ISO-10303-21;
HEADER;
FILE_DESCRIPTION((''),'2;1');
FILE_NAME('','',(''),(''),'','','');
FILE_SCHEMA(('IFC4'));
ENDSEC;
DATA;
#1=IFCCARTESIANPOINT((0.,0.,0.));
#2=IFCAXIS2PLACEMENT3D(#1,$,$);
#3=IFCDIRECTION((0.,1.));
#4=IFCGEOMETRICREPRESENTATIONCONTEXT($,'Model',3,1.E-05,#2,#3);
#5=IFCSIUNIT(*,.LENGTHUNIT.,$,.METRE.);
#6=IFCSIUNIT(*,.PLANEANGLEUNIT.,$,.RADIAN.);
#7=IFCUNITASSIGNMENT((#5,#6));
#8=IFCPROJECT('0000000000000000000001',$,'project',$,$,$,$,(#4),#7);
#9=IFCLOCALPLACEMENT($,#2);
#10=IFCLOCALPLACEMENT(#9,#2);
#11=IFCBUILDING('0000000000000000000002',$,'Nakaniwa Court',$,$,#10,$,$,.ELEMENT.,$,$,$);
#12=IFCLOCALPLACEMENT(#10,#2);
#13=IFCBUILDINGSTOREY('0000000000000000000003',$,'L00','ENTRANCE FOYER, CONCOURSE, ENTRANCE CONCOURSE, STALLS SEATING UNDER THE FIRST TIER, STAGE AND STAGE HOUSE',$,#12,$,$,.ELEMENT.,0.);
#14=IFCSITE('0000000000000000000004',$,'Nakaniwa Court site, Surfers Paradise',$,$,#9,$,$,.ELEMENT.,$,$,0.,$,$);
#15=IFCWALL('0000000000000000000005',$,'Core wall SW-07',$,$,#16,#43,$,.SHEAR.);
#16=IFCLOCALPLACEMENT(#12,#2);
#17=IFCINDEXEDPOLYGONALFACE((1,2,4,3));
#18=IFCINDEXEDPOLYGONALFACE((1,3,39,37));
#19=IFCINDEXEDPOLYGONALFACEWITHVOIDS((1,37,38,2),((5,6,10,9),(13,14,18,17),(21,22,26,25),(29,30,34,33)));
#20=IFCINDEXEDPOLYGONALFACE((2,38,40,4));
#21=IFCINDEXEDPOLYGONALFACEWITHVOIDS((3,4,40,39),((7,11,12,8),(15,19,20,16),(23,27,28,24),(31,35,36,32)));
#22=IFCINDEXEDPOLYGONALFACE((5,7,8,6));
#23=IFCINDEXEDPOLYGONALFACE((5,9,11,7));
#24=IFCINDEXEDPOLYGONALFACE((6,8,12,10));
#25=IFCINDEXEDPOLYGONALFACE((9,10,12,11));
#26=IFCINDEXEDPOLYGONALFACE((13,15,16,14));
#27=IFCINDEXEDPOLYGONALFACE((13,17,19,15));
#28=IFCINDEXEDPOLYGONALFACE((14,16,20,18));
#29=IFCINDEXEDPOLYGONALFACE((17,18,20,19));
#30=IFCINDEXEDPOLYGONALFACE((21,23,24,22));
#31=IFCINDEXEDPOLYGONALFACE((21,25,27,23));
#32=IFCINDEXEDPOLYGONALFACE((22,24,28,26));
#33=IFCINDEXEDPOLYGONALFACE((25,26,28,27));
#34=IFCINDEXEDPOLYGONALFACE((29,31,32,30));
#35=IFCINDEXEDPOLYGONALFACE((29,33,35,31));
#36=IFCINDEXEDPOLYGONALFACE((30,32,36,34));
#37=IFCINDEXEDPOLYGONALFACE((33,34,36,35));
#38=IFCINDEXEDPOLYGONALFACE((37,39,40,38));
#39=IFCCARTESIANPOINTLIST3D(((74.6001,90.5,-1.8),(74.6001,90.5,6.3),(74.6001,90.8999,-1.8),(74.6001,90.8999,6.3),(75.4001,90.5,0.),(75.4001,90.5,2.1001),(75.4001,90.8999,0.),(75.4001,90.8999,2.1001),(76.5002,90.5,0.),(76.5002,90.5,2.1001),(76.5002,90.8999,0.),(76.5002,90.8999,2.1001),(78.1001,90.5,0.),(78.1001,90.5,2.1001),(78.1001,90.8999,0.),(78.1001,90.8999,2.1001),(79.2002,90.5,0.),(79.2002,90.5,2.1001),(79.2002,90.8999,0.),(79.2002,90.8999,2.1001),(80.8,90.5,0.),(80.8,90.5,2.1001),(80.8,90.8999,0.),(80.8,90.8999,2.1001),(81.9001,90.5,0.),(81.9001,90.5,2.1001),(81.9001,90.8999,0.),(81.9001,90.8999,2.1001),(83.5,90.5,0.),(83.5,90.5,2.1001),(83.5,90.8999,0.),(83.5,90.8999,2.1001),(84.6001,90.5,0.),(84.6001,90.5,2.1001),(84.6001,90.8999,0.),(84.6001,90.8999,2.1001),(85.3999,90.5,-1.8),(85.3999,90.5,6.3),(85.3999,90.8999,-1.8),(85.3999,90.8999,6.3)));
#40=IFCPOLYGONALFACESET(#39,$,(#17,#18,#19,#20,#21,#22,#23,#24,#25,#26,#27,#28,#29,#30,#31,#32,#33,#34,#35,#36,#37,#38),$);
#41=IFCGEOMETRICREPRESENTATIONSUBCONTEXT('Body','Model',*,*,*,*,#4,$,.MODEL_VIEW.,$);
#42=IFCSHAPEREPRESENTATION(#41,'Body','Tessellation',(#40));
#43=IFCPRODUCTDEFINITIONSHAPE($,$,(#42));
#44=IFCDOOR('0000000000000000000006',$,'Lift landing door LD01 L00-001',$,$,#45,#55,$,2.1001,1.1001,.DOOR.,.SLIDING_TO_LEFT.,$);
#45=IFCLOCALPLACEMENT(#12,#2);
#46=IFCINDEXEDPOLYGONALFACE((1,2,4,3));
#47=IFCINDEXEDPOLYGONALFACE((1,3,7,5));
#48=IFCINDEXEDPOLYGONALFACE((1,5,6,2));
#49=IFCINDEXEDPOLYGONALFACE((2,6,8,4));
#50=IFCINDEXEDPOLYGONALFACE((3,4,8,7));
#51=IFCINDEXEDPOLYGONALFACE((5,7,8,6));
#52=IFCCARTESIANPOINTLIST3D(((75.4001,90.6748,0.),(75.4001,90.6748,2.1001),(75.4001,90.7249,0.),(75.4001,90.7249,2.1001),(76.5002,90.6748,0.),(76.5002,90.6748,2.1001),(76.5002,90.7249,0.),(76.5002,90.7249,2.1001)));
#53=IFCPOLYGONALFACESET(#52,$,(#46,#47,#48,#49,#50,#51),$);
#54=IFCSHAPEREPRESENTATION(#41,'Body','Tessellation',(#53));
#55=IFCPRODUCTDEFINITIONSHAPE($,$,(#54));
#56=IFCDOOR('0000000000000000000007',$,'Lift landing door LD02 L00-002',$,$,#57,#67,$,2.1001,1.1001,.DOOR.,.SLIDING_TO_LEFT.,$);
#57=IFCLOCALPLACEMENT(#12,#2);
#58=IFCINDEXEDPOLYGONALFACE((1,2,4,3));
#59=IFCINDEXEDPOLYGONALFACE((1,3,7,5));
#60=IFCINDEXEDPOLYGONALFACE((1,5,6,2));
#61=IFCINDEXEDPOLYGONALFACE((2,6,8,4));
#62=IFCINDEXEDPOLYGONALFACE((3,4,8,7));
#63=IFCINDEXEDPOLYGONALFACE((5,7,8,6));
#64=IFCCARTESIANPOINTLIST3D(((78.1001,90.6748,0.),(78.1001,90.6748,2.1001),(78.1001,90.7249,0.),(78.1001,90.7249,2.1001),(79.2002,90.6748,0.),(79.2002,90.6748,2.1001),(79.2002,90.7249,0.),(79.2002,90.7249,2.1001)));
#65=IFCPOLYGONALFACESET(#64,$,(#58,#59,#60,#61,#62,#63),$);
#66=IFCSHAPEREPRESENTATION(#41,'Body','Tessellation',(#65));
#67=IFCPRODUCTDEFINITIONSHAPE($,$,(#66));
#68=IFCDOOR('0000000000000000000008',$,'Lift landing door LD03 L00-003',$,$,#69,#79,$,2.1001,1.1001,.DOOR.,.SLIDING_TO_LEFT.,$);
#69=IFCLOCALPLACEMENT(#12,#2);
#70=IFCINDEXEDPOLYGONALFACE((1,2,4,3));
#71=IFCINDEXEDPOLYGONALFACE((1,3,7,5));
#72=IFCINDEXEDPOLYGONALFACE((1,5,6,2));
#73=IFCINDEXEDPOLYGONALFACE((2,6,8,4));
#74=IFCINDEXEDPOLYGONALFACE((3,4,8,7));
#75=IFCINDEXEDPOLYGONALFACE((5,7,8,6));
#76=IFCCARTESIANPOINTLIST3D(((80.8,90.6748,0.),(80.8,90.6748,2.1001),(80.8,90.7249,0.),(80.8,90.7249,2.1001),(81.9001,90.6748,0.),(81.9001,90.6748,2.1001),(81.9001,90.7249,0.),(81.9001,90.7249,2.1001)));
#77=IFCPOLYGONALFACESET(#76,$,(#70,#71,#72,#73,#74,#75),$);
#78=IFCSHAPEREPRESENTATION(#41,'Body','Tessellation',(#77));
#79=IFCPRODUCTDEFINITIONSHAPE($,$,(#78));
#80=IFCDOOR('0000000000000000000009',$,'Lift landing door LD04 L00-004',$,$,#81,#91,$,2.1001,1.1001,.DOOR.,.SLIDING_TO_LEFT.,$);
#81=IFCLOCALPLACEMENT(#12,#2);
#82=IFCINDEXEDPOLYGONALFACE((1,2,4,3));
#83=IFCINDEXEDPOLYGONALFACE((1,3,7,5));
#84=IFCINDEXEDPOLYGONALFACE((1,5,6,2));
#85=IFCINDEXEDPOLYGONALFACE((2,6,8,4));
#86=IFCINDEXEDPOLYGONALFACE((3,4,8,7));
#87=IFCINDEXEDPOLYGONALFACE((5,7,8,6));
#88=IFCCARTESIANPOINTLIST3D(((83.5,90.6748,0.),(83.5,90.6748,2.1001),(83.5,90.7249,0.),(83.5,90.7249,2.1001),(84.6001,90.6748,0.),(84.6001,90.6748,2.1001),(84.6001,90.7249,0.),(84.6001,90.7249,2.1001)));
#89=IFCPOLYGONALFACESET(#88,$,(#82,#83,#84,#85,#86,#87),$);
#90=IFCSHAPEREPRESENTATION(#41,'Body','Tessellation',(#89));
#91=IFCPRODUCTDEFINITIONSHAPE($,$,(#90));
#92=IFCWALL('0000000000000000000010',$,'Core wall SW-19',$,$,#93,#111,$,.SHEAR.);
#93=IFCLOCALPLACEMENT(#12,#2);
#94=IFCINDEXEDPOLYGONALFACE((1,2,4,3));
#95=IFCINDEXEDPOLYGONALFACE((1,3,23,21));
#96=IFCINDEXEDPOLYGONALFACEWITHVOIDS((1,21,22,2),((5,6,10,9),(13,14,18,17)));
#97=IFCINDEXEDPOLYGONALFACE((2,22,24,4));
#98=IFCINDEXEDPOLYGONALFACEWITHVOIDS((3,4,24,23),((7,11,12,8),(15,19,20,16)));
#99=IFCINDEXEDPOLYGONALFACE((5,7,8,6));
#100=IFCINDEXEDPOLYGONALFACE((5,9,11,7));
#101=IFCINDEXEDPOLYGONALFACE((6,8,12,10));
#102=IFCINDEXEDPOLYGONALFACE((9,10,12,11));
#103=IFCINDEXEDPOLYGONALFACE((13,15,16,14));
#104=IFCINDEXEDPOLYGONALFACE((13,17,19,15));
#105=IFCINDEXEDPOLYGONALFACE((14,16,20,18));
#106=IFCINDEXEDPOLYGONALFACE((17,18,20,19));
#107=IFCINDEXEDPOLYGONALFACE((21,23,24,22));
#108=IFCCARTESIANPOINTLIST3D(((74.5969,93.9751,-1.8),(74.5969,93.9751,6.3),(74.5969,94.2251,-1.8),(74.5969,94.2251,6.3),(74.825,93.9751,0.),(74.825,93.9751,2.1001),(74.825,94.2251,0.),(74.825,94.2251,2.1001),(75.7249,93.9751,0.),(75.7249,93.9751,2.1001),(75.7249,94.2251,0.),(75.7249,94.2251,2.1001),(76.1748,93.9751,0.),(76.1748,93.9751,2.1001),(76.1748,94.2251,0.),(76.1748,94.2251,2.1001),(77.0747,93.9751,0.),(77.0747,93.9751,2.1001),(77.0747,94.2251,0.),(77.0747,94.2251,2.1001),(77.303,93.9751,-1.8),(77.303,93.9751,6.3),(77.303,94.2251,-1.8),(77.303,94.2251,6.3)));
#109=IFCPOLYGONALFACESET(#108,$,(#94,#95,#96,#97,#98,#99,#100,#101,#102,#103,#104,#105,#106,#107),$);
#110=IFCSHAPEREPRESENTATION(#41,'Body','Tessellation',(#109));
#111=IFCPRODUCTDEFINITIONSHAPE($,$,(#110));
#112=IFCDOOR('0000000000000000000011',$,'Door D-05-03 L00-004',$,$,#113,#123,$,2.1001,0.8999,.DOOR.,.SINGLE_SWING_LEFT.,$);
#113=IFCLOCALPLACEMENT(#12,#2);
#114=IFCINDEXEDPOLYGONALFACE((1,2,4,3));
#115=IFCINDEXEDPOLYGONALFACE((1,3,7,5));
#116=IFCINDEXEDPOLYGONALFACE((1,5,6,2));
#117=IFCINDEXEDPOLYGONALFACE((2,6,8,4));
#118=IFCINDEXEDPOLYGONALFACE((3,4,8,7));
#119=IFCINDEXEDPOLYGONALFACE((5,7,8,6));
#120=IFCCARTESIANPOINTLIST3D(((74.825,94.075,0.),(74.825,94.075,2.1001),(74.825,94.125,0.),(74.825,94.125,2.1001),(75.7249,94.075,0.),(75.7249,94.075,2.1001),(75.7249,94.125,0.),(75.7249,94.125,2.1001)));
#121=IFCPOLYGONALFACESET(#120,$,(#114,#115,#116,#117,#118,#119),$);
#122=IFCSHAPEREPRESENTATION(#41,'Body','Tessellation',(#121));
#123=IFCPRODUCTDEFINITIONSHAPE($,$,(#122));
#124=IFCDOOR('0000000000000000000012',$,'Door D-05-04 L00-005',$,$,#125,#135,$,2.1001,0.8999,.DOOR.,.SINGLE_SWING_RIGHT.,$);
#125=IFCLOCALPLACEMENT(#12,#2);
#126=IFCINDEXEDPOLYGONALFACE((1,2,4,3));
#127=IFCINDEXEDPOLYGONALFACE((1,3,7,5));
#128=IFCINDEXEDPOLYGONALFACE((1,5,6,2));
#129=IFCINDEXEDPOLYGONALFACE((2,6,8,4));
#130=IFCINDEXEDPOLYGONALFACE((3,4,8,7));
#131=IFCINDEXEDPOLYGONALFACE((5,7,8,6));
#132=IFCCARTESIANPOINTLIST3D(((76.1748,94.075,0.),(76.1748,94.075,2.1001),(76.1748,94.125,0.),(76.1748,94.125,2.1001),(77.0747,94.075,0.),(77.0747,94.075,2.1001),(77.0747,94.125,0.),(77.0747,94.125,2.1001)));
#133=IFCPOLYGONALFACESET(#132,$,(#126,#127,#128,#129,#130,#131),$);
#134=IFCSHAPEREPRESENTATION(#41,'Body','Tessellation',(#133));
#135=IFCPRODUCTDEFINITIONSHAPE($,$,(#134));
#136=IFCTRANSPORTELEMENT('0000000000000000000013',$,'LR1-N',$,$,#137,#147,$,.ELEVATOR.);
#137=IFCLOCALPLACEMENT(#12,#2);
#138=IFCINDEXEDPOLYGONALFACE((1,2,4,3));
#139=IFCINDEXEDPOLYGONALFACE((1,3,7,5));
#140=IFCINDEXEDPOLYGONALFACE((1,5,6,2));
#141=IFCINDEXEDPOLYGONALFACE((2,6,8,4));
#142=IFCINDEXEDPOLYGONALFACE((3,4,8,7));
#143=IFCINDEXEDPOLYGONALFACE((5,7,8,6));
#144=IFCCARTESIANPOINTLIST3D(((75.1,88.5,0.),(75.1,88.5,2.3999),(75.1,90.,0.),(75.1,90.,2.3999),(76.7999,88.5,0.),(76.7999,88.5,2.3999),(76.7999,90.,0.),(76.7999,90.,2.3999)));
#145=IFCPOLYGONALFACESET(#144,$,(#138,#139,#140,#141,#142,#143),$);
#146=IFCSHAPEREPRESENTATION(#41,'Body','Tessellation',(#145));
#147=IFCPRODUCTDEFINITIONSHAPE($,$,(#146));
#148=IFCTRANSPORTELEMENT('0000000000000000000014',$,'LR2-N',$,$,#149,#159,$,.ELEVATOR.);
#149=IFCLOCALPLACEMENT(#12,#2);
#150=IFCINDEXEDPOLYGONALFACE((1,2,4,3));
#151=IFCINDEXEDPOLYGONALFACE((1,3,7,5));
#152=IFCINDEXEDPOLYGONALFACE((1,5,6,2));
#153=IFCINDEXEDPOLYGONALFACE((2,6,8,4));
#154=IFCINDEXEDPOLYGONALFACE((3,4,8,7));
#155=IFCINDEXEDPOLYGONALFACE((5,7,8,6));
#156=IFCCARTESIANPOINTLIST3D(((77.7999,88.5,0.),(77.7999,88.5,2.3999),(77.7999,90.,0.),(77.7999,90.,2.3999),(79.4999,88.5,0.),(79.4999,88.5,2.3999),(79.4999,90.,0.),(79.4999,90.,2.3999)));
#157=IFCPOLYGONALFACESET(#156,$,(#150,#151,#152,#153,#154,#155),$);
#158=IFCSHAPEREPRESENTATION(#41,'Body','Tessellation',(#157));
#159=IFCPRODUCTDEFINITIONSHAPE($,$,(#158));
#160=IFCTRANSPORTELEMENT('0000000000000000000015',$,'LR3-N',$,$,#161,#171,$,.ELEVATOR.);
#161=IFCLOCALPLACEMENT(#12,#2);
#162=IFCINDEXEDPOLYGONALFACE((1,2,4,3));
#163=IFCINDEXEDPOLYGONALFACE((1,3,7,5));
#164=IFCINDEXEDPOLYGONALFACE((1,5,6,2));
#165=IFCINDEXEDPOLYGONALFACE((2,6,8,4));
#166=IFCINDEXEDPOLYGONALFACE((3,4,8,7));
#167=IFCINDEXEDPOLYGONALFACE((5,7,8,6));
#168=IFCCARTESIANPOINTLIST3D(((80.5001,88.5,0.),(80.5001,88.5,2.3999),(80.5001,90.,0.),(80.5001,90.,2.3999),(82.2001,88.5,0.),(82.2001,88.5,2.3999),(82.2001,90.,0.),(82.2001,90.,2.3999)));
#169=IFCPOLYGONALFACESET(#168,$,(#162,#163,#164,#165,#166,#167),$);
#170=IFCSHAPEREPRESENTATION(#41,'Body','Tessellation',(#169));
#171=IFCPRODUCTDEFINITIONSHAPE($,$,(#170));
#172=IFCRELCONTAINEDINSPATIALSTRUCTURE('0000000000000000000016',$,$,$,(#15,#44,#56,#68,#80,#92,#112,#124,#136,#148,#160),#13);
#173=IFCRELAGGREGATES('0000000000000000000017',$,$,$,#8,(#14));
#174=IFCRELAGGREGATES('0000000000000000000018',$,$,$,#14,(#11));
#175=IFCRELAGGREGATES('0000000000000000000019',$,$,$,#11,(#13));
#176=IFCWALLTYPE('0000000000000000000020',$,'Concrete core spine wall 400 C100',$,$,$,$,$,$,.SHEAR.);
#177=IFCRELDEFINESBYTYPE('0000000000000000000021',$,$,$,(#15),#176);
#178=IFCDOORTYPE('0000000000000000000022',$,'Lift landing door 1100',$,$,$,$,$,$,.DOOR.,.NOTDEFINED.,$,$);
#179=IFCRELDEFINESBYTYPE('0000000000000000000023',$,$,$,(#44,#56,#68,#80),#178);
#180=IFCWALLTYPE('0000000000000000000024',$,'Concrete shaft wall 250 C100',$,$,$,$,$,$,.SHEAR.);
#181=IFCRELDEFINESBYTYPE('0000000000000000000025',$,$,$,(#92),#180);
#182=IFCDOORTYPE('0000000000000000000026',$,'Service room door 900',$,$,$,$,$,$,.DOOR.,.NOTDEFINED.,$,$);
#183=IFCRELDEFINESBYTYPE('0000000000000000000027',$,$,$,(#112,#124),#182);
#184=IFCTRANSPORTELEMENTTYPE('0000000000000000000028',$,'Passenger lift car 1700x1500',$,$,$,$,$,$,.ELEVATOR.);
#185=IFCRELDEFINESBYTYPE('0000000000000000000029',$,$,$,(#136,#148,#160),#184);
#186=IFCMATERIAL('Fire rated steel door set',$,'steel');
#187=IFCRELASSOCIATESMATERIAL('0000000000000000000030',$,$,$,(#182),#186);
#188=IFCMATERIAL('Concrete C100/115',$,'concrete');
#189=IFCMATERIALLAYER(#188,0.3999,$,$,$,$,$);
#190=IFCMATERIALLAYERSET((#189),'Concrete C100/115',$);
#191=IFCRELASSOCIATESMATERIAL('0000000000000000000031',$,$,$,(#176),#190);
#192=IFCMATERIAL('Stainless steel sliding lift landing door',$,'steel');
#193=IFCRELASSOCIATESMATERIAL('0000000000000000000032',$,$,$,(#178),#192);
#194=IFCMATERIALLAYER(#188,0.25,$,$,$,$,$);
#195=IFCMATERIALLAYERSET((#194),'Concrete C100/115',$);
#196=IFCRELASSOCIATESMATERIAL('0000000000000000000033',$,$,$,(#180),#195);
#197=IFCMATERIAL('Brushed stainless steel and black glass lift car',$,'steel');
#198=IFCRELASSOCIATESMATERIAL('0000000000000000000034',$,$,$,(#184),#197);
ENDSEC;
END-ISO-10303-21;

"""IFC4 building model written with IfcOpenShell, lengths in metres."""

from ifc_helpers import new_model, si_unit, direction, frame, frame_2d, origin, origin_2d, place, context, subcontext, project, spatial, rectangle, extrude, material, layer, layer_set, type_object, element, fill, save


model = new_model("IFC4")

# Units and contexts
model_context = context("Model", 3, precision=1e-05, world=origin(), true_north=direction((0.0, 1.0)))
body_context = subcontext(model_context, "Body", "Model", "MODEL_VIEW")
ifc_project = project(units=[si_unit("LENGTHUNIT", "METRE"), si_unit("PLANEANGLEUNIT", "RADIAN")], contexts=[model_context])

# Site, building, storey
site_placement = place(None, origin())
site = spatial("IfcSite", under=ifc_project, at=site_placement, Name="Nakaniwa Court site, Surfers Paradise", CompositionType="ELEMENT", RefElevation=0.0)
building_placement = place(site_placement, origin())
building = spatial("IfcBuilding", under=site, at=building_placement, Name="Nakaniwa Court", CompositionType="ELEMENT")
storey_placement = place(building_placement, origin())
storey = spatial("IfcBuildingStorey", under=building, at=storey_placement, Name="L00", Description="ENTRANCE FOYER, CONCOURSE, ENTRANCE CONCOURSE, STALLS SEATING UNDER THE FIRST TIER, STAGE AND STAGE HOUSE", CompositionType="ELEMENT", Elevation=0.0)

# Shared definitions
ifc_material_1 = material(Name="Fire rated steel door set", Category="steel")
door_type_1 = type_object("IfcDoorType", Name="Service room door 900", OperationType="NOTDEFINED", PredefinedType="DOOR", material=ifc_material_1)

# Walls, openings, doors
ifc_material_2 = material(Name="Concrete C100/115", Category="concrete")
ifc_layer_1 = layer(ifc_material_2, 0.3999)
ifc_layer_set_1 = layer_set([ifc_layer_1], Name="Concrete C100/115")
wall_type_1 = type_object("IfcWallType", Name="Concrete core spine wall 400 C100", PredefinedType="SHEAR", material=ifc_layer_set_1)
wall_1_placement = place(storey_placement, frame((74.6001, 90.7, -1.8), z_axis=(0.0, 0.0, 1.0), x_axis=(1.0, 0.0, 0.0)))
wall_1 = element("IfcWall", 1, at=wall_1_placement, inside=storey, type_object=wall_type_1, Name="Core wall SW-07", PredefinedType="SHEAR", context=body_context, shape_type="SweptSolid", body=[
    extrude(rectangle(XDim=10.7998, YDim=0.3999, at=frame_2d((5.3999, 0.0))), origin(), (0.0, 0.0, 1.0), 8.1001),
])
opening_1_placement = place(wall_1_placement, frame((0.8, 0.0, 1.8)))
opening_1 = element("IfcOpeningElement", 2, at=opening_1_placement, cuts=wall_1, PredefinedType="OPENING", context=body_context, shape_type="SweptSolid", body=[
    extrude(rectangle(XDim=1.1001, YDim=2.1001, at=frame_2d((0.55, 1.05))), frame((0.0, 0.21, 0.0), z_axis=(0.0, -1.0, 0.0), x_axis=(1.0, 0.0, 0.0)), (0.0, 0.0, 1.0), 0.4199),
])
opening_2_placement = place(wall_1_placement, frame((3.5, 0.0, 1.8)))
opening_2 = element("IfcOpeningElement", 3, at=opening_2_placement, cuts=wall_1, PredefinedType="OPENING", context=body_context, shape_type="SweptSolid", body=[
    extrude(rectangle(XDim=1.1001, YDim=2.1001, at=frame_2d((0.55, 1.05))), frame((0.0, 0.21, 0.0), z_axis=(0.0, -1.0, 0.0), x_axis=(1.0, 0.0, 0.0)), (0.0, 0.0, 1.0), 0.4199),
])
opening_3_placement = place(wall_1_placement, frame((6.2, 0.0, 1.8)))
opening_3 = element("IfcOpeningElement", 4, at=opening_3_placement, cuts=wall_1, PredefinedType="OPENING", context=body_context, shape_type="SweptSolid", body=[
    extrude(rectangle(XDim=1.1001, YDim=2.1001, at=frame_2d((0.55, 1.05))), frame((0.0, 0.21, 0.0), z_axis=(0.0, -1.0, 0.0), x_axis=(1.0, 0.0, 0.0)), (0.0, 0.0, 1.0), 0.4199),
])
opening_4_placement = place(wall_1_placement, frame((8.8999, 0.0, 1.8)))
opening_4 = element("IfcOpeningElement", 5, at=opening_4_placement, cuts=wall_1, PredefinedType="OPENING", context=body_context, shape_type="SweptSolid", body=[
    extrude(rectangle(XDim=1.1001, YDim=2.1001, at=frame_2d((0.55, 1.05))), frame((0.0, 0.21, 0.0), z_axis=(0.0, -1.0, 0.0), x_axis=(1.0, 0.0, 0.0)), (0.0, 0.0, 1.0), 0.4199),
])
ifc_material_3 = material(Name="Stainless steel sliding lift landing door", Category="steel")
door_type_2 = type_object("IfcDoorType", Name="Lift landing door 1100", OperationType="NOTDEFINED", PredefinedType="DOOR", material=ifc_material_3)
door_1_placement = place(opening_1_placement, origin())
door_1 = element("IfcDoor", 6, at=door_1_placement, inside=storey, type_object=door_type_2, Name="Lift landing door LD01 L00-001", OperationType="SLIDING_TO_LEFT", OverallHeight=2.1001, OverallWidth=1.1001, PredefinedType="DOOR", context=body_context, shape_type="SweptSolid", body=[
    extrude(rectangle(XDim=1.1001, YDim=2.1001, at=frame_2d((0.55, 1.05))), frame((0.0, 0.0249, 0.0), z_axis=(0.0, -1.0, 0.0), x_axis=(1.0, 0.0, 0.0)), (0.0, 0.0, 1.0), 0.05),
])
fill(opening_1, door_1)
door_2_placement = place(opening_2_placement, origin())
door_2 = element("IfcDoor", 7, at=door_2_placement, inside=storey, type_object=door_type_2, Name="Lift landing door LD02 L00-002", OperationType="SLIDING_TO_LEFT", OverallHeight=2.1001, OverallWidth=1.1001, PredefinedType="DOOR", context=body_context, shape_type="SweptSolid", body=[
    extrude(rectangle(XDim=1.1001, YDim=2.1001, at=frame_2d((0.55, 1.05))), frame((0.0, 0.0249, 0.0), z_axis=(0.0, -1.0, 0.0), x_axis=(1.0, 0.0, 0.0)), (0.0, 0.0, 1.0), 0.05),
])
fill(opening_2, door_2)
door_3_placement = place(opening_3_placement, origin())
door_3 = element("IfcDoor", 8, at=door_3_placement, inside=storey, type_object=door_type_2, Name="Lift landing door LD03 L00-003", OperationType="SLIDING_TO_LEFT", OverallHeight=2.1001, OverallWidth=1.1001, PredefinedType="DOOR", context=body_context, shape_type="SweptSolid", body=[
    extrude(rectangle(XDim=1.1001, YDim=2.1001, at=frame_2d((0.55, 1.05))), frame((0.0, 0.0249, 0.0), z_axis=(0.0, -1.0, 0.0), x_axis=(1.0, 0.0, 0.0)), (0.0, 0.0, 1.0), 0.05),
])
fill(opening_3, door_3)
door_4_placement = place(opening_4_placement, origin())
door_4 = element("IfcDoor", 9, at=door_4_placement, inside=storey, type_object=door_type_2, Name="Lift landing door LD04 L00-004", OperationType="SLIDING_TO_LEFT", OverallHeight=2.1001, OverallWidth=1.1001, PredefinedType="DOOR", context=body_context, shape_type="SweptSolid", body=[
    extrude(rectangle(XDim=1.1001, YDim=2.1001, at=frame_2d((0.55, 1.05))), frame((0.0, 0.0249, 0.0), z_axis=(0.0, -1.0, 0.0), x_axis=(1.0, 0.0, 0.0)), (0.0, 0.0, 1.0), 0.05),
])
fill(opening_4, door_4)
ifc_layer_2 = layer(ifc_material_2, 0.25)
ifc_layer_set_2 = layer_set([ifc_layer_2], Name="Concrete C100/115")
wall_type_2 = type_object("IfcWallType", Name="Concrete shaft wall 250 C100", PredefinedType="SHEAR", material=ifc_layer_set_2)
wall_2_placement = place(storey_placement, frame((74.5969, 94.1001, -1.8), z_axis=(0.0, 0.0, 1.0), x_axis=(1.0, 0.0, 0.0)))
wall_2 = element("IfcWall", 10, at=wall_2_placement, inside=storey, type_object=wall_type_2, Name="Core wall SW-19", PredefinedType="SHEAR", context=body_context, shape_type="SweptSolid", body=[
    extrude(rectangle(XDim=2.7061, YDim=0.25, at=frame_2d((1.353, 0.0))), origin(), (0.0, 0.0, 1.0), 8.1001),
])
opening_5_placement = place(wall_2_placement, frame((0.228, 0.0, 1.8)))
opening_5 = element("IfcOpeningElement", 11, at=opening_5_placement, cuts=wall_2, PredefinedType="OPENING", context=body_context, shape_type="SweptSolid", body=[
    extrude(rectangle(XDim=0.8999, YDim=2.1001, at=frame_2d((0.45, 1.05))), frame((0.0, 0.135, 0.0), z_axis=(0.0, -1.0, 0.0), x_axis=(1.0, 0.0, 0.0)), (0.0, 0.0, 1.0), 0.27),
])
opening_6_placement = place(wall_2_placement, frame((1.5779, 0.0, 1.8)))
opening_6 = element("IfcOpeningElement", 12, at=opening_6_placement, cuts=wall_2, PredefinedType="OPENING", context=body_context, shape_type="SweptSolid", body=[
    extrude(rectangle(XDim=0.8999, YDim=2.1001, at=frame_2d((0.45, 1.05))), frame((0.0, 0.135, 0.0), z_axis=(0.0, -1.0, 0.0), x_axis=(1.0, 0.0, 0.0)), (0.0, 0.0, 1.0), 0.27),
])
door_5_placement = place(opening_5_placement, origin())
door_5 = element("IfcDoor", 13, at=door_5_placement, inside=storey, type_object=door_type_1, Name="Door D-05-03 L00-004", OperationType="SINGLE_SWING_LEFT", OverallHeight=2.1001, OverallWidth=0.8999, PredefinedType="DOOR", context=body_context, shape_type="SweptSolid", body=[
    extrude(rectangle(XDim=0.8999, YDim=2.1001, at=frame_2d((0.45, 1.05))), frame((0.0, 0.0249, 0.0), z_axis=(0.0, -1.0, 0.0), x_axis=(1.0, 0.0, 0.0)), (0.0, 0.0, 1.0), 0.05),
])
fill(opening_5, door_5)
door_6_placement = place(opening_6_placement, origin())
door_6 = element("IfcDoor", 14, at=door_6_placement, inside=storey, type_object=door_type_1, Name="Door D-05-04 L00-005", OperationType="SINGLE_SWING_RIGHT", OverallHeight=2.1001, OverallWidth=0.8999, PredefinedType="DOOR", context=body_context, shape_type="SweptSolid", body=[
    extrude(rectangle(XDim=0.8999, YDim=2.1001, at=frame_2d((0.45, 1.05))), frame((0.0, 0.0249, 0.0), z_axis=(0.0, -1.0, 0.0), x_axis=(1.0, 0.0, 0.0)), (0.0, 0.0, 1.0), 0.05),
])
fill(opening_6, door_6)

# Transport elements
ifc_material_4 = material(Name="Brushed stainless steel and black glass lift car", Category="steel")
transport_element_type = type_object("IfcTransportElementType", Name="Passenger lift car 1700x1500", PredefinedType="ELEVATOR", material=ifc_material_4)
for number, where, z_axis, x_axis, name in (
    (15, (75.95, 89.25, 0.0), (0.0, 0.0, 1.0), (1.0, 0.0, 0.0), "LR1-N"),
    (16, (78.6499, 89.25, 0.0), (0.0, 0.0, 1.0), (1.0, 0.0, 0.0), "LR2-N"),
    (17, (81.3501, 89.25, 0.0), (0.0, 0.0, 1.0), (1.0, 0.0, 0.0), "LR3-N"),
):
    element("IfcTransportElement", number, at=place(storey_placement, frame(where, z_axis=z_axis, x_axis=x_axis)), inside=storey, type_object=transport_element_type, Name=name, PredefinedType="ELEVATOR", context=body_context, shape_type="SweptSolid", body=[
        extrude(rectangle(XDim=1.7, YDim=1.5, at=origin_2d()), origin(), (0.0, 0.0, 1.0), 2.3999),
    ])

save(model, "model.ifc")
